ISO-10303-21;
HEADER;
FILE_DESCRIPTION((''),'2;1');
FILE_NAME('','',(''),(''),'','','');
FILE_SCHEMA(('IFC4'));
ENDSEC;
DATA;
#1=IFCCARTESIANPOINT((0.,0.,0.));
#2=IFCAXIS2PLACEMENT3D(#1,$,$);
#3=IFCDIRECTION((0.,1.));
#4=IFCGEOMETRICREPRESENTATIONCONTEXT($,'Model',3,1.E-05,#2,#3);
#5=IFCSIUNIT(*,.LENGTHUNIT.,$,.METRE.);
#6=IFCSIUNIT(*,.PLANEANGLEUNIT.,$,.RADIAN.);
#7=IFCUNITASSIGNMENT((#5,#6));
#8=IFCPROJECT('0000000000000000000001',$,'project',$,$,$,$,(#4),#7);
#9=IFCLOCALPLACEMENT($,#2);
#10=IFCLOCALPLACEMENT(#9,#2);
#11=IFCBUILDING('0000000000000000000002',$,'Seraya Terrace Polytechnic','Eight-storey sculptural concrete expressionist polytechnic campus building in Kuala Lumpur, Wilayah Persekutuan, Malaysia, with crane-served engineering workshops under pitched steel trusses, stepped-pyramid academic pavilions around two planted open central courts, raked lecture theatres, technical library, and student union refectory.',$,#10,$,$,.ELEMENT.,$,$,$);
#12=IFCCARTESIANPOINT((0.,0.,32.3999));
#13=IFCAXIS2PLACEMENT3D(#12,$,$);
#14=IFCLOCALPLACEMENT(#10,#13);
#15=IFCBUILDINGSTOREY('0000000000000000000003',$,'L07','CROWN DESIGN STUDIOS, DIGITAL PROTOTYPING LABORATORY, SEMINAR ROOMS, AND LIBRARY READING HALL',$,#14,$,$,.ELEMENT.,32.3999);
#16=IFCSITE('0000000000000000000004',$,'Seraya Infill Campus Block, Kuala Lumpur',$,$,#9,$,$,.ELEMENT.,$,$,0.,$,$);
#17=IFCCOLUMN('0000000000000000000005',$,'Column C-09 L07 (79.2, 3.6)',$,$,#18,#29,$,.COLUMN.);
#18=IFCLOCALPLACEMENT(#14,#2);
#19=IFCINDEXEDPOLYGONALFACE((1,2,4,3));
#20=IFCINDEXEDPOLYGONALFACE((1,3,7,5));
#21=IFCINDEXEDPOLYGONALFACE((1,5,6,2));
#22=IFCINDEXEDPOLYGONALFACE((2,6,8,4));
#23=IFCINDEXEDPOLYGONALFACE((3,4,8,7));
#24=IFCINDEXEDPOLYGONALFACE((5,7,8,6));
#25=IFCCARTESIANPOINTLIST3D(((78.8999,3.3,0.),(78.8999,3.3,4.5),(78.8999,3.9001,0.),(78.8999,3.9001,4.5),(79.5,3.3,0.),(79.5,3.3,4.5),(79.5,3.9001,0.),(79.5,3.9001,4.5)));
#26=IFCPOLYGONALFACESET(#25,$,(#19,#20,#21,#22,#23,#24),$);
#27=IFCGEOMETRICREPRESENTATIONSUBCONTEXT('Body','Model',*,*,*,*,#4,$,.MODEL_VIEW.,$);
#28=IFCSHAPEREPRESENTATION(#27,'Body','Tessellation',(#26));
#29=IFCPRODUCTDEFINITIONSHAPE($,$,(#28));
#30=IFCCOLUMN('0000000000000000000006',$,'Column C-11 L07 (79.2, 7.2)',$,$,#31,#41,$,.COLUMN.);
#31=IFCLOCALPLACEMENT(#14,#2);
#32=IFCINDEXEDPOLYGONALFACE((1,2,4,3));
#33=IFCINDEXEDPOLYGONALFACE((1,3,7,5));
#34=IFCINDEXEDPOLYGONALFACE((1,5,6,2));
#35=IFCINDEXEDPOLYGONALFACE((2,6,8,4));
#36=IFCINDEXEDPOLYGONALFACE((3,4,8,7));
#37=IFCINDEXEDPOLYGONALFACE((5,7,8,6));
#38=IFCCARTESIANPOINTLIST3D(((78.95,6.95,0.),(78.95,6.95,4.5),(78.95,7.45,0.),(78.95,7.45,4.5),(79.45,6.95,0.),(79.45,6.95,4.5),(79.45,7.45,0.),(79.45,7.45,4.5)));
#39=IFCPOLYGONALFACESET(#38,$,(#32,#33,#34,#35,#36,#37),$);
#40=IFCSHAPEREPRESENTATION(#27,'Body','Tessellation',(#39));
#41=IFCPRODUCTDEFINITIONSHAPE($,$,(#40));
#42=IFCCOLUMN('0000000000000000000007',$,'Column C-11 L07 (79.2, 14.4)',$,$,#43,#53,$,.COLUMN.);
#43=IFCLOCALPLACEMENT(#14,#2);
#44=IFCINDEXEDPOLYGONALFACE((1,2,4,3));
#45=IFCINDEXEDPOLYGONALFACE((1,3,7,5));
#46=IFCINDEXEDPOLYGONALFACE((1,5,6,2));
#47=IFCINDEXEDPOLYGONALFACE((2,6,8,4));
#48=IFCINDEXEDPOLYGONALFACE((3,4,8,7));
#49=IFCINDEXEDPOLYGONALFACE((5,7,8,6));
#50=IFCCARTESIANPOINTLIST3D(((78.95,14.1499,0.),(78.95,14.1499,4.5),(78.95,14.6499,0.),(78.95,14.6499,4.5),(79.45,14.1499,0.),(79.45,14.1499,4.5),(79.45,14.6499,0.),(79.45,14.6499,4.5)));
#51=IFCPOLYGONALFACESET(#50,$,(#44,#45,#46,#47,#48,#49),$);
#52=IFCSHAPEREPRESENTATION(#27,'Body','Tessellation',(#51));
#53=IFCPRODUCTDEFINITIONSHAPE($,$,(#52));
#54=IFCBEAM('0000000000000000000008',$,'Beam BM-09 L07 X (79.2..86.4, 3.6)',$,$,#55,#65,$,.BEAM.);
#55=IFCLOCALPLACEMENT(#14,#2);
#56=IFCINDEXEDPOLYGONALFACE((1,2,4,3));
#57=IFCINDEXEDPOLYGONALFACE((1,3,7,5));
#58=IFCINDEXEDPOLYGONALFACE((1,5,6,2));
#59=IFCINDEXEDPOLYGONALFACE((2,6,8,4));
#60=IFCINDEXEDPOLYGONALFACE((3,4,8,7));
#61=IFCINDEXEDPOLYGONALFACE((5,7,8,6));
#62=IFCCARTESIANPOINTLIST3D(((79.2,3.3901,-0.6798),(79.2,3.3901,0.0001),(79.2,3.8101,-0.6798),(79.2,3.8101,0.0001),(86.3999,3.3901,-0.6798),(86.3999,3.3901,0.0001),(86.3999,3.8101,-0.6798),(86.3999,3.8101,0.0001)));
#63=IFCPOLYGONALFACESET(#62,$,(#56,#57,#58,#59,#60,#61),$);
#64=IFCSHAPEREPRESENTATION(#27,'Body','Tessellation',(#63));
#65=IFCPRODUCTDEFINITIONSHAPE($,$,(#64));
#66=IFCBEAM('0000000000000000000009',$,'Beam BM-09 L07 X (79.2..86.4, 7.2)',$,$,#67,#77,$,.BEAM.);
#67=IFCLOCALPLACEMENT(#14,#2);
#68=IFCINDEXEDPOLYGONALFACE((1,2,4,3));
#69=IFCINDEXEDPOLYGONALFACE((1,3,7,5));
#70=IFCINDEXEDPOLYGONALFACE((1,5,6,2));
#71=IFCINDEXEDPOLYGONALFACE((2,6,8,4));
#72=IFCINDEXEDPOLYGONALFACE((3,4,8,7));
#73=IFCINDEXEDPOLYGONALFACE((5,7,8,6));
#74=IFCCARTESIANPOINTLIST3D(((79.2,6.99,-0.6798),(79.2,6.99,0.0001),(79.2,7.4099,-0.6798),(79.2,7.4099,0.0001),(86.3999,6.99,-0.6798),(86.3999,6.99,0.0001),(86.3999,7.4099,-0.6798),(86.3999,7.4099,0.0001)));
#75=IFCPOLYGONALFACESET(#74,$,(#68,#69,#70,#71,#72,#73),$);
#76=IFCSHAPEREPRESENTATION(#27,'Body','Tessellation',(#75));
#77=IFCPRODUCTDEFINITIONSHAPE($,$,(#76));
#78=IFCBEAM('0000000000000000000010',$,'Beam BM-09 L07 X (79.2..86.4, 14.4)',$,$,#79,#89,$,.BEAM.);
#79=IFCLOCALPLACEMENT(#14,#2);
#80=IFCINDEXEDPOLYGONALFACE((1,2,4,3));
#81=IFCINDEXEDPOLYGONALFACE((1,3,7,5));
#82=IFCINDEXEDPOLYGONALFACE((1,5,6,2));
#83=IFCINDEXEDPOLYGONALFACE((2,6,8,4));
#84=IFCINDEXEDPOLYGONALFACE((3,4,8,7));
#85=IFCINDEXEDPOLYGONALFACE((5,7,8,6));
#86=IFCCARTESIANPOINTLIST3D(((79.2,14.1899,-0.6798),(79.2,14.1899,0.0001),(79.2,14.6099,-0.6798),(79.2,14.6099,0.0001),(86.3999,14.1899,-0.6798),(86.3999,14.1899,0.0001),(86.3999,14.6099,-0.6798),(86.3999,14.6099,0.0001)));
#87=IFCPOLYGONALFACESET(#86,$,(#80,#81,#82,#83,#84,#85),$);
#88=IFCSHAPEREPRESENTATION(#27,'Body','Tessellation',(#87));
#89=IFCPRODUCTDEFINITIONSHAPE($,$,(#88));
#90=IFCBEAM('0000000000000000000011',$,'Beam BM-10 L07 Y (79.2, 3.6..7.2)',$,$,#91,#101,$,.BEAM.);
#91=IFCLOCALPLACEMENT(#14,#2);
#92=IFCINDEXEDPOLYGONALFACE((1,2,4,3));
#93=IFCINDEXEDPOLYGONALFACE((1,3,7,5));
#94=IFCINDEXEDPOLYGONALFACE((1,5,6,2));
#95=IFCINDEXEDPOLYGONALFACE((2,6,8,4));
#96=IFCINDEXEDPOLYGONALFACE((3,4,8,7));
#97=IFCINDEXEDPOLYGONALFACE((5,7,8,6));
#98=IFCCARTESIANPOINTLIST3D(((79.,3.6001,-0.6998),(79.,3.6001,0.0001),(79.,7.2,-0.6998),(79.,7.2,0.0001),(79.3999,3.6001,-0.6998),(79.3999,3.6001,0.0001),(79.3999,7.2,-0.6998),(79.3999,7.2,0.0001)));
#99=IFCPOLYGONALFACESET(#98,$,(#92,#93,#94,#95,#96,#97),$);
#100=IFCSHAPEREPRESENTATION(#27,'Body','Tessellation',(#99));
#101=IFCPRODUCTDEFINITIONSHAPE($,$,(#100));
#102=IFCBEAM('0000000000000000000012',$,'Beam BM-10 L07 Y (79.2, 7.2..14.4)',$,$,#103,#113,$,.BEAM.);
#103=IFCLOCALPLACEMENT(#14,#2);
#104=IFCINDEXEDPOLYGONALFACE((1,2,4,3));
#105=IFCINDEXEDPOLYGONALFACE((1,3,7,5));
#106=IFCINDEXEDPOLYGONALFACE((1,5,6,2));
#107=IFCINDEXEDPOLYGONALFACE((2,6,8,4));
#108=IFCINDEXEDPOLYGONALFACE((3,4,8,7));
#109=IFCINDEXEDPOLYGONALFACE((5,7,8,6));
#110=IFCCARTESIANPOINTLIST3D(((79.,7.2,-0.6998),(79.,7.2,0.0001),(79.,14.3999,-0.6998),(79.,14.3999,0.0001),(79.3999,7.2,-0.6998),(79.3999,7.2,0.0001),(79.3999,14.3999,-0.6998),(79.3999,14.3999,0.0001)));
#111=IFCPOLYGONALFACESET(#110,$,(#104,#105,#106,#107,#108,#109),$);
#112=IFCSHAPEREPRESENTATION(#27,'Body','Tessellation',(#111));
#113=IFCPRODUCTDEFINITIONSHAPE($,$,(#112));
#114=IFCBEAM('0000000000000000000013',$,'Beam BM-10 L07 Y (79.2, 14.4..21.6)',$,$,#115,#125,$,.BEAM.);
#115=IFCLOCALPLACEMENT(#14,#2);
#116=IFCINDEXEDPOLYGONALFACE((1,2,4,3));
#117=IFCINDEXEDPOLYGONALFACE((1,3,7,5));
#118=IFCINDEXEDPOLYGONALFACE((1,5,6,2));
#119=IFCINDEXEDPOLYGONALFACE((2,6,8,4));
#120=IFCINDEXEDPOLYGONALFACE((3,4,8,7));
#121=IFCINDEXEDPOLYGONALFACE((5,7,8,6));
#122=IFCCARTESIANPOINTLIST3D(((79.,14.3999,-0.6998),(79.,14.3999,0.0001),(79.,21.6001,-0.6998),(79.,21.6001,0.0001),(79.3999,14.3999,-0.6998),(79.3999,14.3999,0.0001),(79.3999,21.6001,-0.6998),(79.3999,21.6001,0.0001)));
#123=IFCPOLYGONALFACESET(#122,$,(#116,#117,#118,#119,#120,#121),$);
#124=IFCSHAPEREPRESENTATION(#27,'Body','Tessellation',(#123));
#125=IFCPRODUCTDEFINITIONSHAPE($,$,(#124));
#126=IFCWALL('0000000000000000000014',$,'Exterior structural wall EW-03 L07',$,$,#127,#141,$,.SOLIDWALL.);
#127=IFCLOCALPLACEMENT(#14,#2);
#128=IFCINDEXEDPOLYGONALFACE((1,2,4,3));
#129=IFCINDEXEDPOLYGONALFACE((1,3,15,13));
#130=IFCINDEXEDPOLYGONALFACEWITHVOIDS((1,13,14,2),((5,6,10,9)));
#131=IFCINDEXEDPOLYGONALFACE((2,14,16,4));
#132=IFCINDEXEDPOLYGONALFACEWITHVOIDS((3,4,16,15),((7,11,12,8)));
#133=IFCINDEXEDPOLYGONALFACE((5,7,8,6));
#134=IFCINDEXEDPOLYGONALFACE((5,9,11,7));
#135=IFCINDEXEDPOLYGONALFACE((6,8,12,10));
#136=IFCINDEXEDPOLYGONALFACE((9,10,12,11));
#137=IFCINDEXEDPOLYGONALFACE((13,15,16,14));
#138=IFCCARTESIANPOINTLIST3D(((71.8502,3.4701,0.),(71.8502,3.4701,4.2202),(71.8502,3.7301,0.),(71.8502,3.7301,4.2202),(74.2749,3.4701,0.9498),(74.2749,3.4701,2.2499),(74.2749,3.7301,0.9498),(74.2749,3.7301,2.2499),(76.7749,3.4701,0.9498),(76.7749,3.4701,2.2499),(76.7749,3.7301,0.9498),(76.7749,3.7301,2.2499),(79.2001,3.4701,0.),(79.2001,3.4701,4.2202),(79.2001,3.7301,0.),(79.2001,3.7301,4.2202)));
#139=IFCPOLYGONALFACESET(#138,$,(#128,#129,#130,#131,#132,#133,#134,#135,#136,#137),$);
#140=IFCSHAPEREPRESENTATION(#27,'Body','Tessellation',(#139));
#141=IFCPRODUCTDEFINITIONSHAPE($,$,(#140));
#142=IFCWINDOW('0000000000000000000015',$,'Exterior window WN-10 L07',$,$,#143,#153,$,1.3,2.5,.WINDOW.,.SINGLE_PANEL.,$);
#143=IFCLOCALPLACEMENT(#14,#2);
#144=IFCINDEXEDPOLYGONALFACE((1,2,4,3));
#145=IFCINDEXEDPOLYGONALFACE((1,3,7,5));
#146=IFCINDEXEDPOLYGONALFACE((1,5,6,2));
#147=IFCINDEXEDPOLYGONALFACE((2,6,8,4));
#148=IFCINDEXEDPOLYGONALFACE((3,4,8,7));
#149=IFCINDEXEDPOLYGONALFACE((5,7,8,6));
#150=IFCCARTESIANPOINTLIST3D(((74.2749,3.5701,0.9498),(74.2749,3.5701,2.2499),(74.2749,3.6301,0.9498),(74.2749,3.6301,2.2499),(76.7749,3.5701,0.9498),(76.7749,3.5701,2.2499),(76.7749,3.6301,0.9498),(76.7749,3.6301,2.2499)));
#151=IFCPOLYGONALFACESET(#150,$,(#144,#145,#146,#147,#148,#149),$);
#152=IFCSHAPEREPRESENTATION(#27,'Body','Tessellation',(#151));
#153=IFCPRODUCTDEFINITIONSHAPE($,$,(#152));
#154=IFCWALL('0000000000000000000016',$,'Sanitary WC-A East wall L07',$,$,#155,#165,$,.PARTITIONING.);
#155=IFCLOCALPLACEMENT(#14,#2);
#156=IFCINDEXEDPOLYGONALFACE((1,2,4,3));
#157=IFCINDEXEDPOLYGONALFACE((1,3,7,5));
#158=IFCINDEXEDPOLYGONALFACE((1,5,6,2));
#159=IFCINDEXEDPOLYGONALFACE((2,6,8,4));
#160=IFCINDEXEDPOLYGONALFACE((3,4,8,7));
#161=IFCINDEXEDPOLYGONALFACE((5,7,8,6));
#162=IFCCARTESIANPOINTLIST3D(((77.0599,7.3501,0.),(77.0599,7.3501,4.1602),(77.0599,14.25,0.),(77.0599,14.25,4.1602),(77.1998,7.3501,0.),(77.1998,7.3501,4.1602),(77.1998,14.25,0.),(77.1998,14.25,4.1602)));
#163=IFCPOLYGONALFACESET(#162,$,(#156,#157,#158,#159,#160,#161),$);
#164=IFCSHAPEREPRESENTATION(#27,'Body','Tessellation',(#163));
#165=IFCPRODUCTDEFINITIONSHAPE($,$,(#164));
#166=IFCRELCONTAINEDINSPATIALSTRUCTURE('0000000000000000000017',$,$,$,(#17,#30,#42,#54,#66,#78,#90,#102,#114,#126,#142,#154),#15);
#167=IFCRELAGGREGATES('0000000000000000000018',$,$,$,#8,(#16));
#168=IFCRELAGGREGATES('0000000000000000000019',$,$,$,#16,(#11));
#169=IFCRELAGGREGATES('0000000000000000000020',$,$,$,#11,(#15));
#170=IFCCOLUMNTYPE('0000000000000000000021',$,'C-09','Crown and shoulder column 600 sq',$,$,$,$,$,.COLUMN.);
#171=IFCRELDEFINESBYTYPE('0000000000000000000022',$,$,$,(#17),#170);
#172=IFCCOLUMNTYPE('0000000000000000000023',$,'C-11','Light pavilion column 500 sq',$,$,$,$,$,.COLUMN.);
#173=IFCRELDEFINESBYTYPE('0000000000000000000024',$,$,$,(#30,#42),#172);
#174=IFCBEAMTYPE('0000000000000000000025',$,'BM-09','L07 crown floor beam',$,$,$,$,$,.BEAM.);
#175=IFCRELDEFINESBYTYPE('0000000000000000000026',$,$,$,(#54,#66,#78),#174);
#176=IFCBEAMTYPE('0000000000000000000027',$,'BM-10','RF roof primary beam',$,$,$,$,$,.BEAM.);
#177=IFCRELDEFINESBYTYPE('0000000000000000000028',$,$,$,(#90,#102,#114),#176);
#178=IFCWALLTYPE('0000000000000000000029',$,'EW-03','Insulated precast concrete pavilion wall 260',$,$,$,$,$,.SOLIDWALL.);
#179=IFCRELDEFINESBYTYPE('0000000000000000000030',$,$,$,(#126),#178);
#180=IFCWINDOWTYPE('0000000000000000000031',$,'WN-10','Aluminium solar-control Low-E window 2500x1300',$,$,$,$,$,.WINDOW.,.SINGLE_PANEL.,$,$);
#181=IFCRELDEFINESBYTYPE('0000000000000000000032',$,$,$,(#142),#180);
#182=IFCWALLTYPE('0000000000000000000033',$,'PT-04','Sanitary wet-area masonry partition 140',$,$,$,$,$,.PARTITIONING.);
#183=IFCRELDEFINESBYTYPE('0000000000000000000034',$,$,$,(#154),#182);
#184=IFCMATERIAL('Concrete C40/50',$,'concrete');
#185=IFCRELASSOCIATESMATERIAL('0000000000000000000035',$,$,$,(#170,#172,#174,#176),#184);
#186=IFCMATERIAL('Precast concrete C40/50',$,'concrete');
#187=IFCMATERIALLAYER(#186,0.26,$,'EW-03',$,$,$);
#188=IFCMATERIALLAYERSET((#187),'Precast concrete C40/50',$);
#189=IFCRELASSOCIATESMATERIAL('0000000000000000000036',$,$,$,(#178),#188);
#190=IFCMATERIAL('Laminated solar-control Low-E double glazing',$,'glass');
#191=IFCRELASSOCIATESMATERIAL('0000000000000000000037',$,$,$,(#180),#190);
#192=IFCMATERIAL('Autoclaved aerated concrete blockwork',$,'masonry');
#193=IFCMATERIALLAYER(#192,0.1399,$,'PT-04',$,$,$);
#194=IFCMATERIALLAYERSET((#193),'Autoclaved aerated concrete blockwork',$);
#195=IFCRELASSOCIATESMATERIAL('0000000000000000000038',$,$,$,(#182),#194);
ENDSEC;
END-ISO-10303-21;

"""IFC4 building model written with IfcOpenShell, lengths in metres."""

from ifc_helpers import new_model, si_unit, direction, frame, frame_2d, origin, origin_2d, place, context, subcontext, project, spatial, rectangle, extrude, material, layer, layer_set, material_profile, profile_set, type_object, element, fill, save


model = new_model("IFC4")

# Units and contexts
model_context = context("Model", 3, precision=1e-05, world=origin(), true_north=direction((0.0, 1.0)))
body_context = subcontext(model_context, "Body", "Model", "MODEL_VIEW")
ifc_project = project(units=[si_unit("LENGTHUNIT", "METRE"), si_unit("PLANEANGLEUNIT", "RADIAN")], contexts=[model_context])

# Site, building, storey
site_placement = place(None, origin())
site = spatial("IfcSite", under=ifc_project, at=site_placement, Name="Seraya Infill Campus Block, Kuala Lumpur", CompositionType="ELEMENT", RefElevation=0.0)
building_placement = place(site_placement, origin())
building = spatial("IfcBuilding", under=site, at=building_placement, Name="Seraya Terrace Polytechnic", Description="Eight-storey sculptural concrete expressionist polytechnic campus building in Kuala Lumpur, Wilayah Persekutuan, Malaysia, with crane-served engineering workshops under pitched steel trusses, stepped-pyramid academic pavilions around two planted open central courts, raked lecture theatres, technical library, and student union refectory.", CompositionType="ELEMENT")
storey_placement = place(building_placement, frame((0.0, 0.0, 32.3999)))
storey = spatial("IfcBuildingStorey", under=building, at=storey_placement, Name="L07", Description="CROWN DESIGN STUDIOS, DIGITAL PROTOTYPING LABORATORY, SEMINAR ROOMS, AND LIBRARY READING HALL", CompositionType="ELEMENT", Elevation=32.3999)

# Columns
ifc_material_1 = material(Name="Concrete C40/50", Category="concrete")
ifc_material_profile_1 = material_profile(ifc_material_1, rectangle(XDim=0.6001, YDim=0.6001, at=origin_2d()), Name="RC 600x600")
ifc_profile_set_1 = profile_set([ifc_material_profile_1], Name="Concrete C40/50")
column_type_1 = type_object("IfcColumnType", Name="C-09", Description="Crown and shoulder column 600 sq", PredefinedType="COLUMN", material=ifc_profile_set_1)
column_placement = place(storey_placement, frame((79.2, 3.6001, 0.0), z_axis=(0.0, 0.0, 1.0), x_axis=(1.0, 0.0, 0.0)))
element("IfcColumn", 1, at=column_placement, inside=storey, type_object=column_type_1, Name="Column C-09 L07 (79.2, 3.6)", PredefinedType="COLUMN", context=body_context, shape_type="SweptSolid", body=[
    extrude(rectangle(XDim=0.6001, YDim=0.6001, at=origin_2d()), origin(), (0.0, 0.0, 1.0), 4.5),
])
ifc_material_profile_2 = material_profile(ifc_material_1, rectangle(XDim=0.5, YDim=0.5, at=origin_2d()), Name="RC 500x500")
ifc_profile_set_2 = profile_set([ifc_material_profile_2], Name="Concrete C40/50")
column_type_2 = type_object("IfcColumnType", Name="C-11", Description="Light pavilion column 500 sq", PredefinedType="COLUMN", material=ifc_profile_set_2)
for number, where, z_axis, x_axis, name in (
    (2, (79.2, 7.2, 0.0), (0.0, 0.0, 1.0), (1.0, 0.0, 0.0), "Column C-11 L07 (79.2, 7.2)"),
    (3, (79.2, 14.3999, 0.0), (0.0, 0.0, 1.0), (1.0, 0.0, 0.0), "Column C-11 L07 (79.2, 14.4)"),
):
    element("IfcColumn", number, at=place(storey_placement, frame(where, z_axis=z_axis, x_axis=x_axis)), inside=storey, type_object=column_type_2, Name=name, PredefinedType="COLUMN", context=body_context, shape_type="SweptSolid", body=[
        extrude(rectangle(XDim=0.5, YDim=0.5, at=origin_2d()), origin(), (0.0, 0.0, 1.0), 4.5),
    ])

# Beams
ifc_material_profile_3 = material_profile(ifc_material_1, rectangle(XDim=0.4199, YDim=0.6799, at=origin_2d()), Name="RC 420x680")
ifc_profile_set_3 = profile_set([ifc_material_profile_3], Name="Concrete C40/50")
beam_type_1 = type_object("IfcBeamType", Name="BM-09", Description="L07 crown floor beam", PredefinedType="BEAM", material=ifc_profile_set_3)
for number, where, z_axis, x_axis, name in (
    (4, (79.2, 3.6001, -0.3398), (1.0, 0.0, 0.0), (0.0, 1.0, 0.0), "Beam BM-09 L07 X (79.2..86.4, 3.6)"),
    (5, (79.2, 7.2, -0.3398), (1.0, 0.0, 0.0), (0.0, 1.0, 0.0), "Beam BM-09 L07 X (79.2..86.4, 7.2)"),
    (6, (79.2, 14.3999, -0.3398), (1.0, 0.0, 0.0), (0.0, 1.0, 0.0), "Beam BM-09 L07 X (79.2..86.4, 14.4)"),
):
    element("IfcBeam", number, at=place(storey_placement, frame(where, z_axis=z_axis, x_axis=x_axis)), inside=storey, type_object=beam_type_1, Name=name, PredefinedType="BEAM", context=body_context, shape_type="SweptSolid", body=[
        extrude(rectangle(XDim=0.4199, YDim=0.6799, at=origin_2d()), origin(), (0.0, 0.0, 1.0), 7.2),
    ])
ifc_material_profile_4 = material_profile(ifc_material_1, rectangle(XDim=0.3999, YDim=0.7, at=origin_2d()), Name="RC 400x700")
ifc_profile_set_4 = profile_set([ifc_material_profile_4], Name="Concrete C40/50")
beam_type_2 = type_object("IfcBeamType", Name="BM-10", Description="RF roof primary beam", PredefinedType="BEAM", material=ifc_profile_set_4)
beam_1_placement = place(storey_placement, frame((79.2, 3.6001, -0.3499), z_axis=(0.0, 1.0, 0.0), x_axis=(-1.0, 0.0, 0.0)))
element("IfcBeam", 7, at=beam_1_placement, inside=storey, type_object=beam_type_2, Name="Beam BM-10 L07 Y (79.2, 3.6..7.2)", PredefinedType="BEAM", context=body_context, shape_type="SweptSolid", body=[
    extrude(rectangle(XDim=0.3999, YDim=0.7, at=origin_2d()), origin(), (0.0, 0.0, 1.0), 3.5999),
])
beam_2_placement = place(storey_placement, frame((79.2, 7.2, -0.3499), z_axis=(0.0, 1.0, 0.0), x_axis=(-1.0, 0.0, 0.0)))
element("IfcBeam", 8, at=beam_2_placement, inside=storey, type_object=beam_type_2, Name="Beam BM-10 L07 Y (79.2, 7.2..14.4)", PredefinedType="BEAM", context=body_context, shape_type="SweptSolid", body=[
    extrude(rectangle(XDim=0.3999, YDim=0.7, at=origin_2d()), origin(), (0.0, 0.0, 1.0), 7.2),
])
beam_3_placement = place(storey_placement, frame((79.2, 14.3999, -0.3499), z_axis=(0.0, 1.0, 0.0), x_axis=(-1.0, 0.0, 0.0)))
element("IfcBeam", 9, at=beam_3_placement, inside=storey, type_object=beam_type_2, Name="Beam BM-10 L07 Y (79.2, 14.4..21.6)", PredefinedType="BEAM", context=body_context, shape_type="SweptSolid", body=[
    extrude(rectangle(XDim=0.3999, YDim=0.7, at=origin_2d()), origin(), (0.0, 0.0, 1.0), 7.2002),
])

# Wall, opening, window
ifc_material_2 = material(Name="Precast concrete C40/50", Category="concrete")
ifc_layer_1 = layer(ifc_material_2, 0.26, Name="EW-03")
ifc_layer_set_1 = layer_set([ifc_layer_1], Name="Precast concrete C40/50")
wall_type_1 = type_object("IfcWallType", Name="EW-03", Description="Insulated precast concrete pavilion wall 260", PredefinedType="SOLIDWALL", material=ifc_layer_set_1)
wall_1_placement = place(storey_placement, frame((79.2, 3.6001, 0.0), z_axis=(0.0, 0.0, 1.0), x_axis=(-1.0, 0.0, 0.0)))
wall_1 = element("IfcWall", 10, at=wall_1_placement, inside=storey, type_object=wall_type_1, Name="Exterior structural wall EW-03 L07", PredefinedType="SOLIDWALL", context=body_context, shape_type="SweptSolid", body=[
    extrude(rectangle(XDim=7.3499, YDim=0.26, at=frame_2d((3.6748, 0.0))), origin(), (0.0, 0.0, 1.0), 4.2202),
])
opening_1_placement = place(wall_1_placement, frame((2.425, 0.0, 0.95)))
opening_1 = element("IfcOpeningElement", 11, at=opening_1_placement, cuts=wall_1, PredefinedType="OPENING", context=body_context, shape_type="SweptSolid", body=[
    extrude(rectangle(XDim=2.5, YDim=1.3, at=frame_2d((1.25, 0.6499))), frame((0.0, 0.1421, 0.0), z_axis=(0.0, -1.0, 0.0), x_axis=(1.0, 0.0, 0.0)), (0.0, 0.0, 1.0), 0.2839),
])
ifc_material_3 = material(Name="Laminated solar-control Low-E double glazing", Category="glass")
window_type = type_object("IfcWindowType", Name="WN-10", Description="Aluminium solar-control Low-E window 2500x1300", PartitioningType="SINGLE_PANEL", PredefinedType="WINDOW", material=ifc_material_3)
window_placement = place(opening_1_placement, origin())
window = element("IfcWindow", 12, at=window_placement, inside=storey, type_object=window_type, Name="Exterior window WN-10 L07", OverallHeight=1.3, OverallWidth=2.5, PartitioningType="SINGLE_PANEL", PredefinedType="WINDOW", context=body_context, shape_type="SweptSolid", body=[
    extrude(rectangle(XDim=2.5, YDim=1.3, at=frame_2d((1.25, 0.6499))), frame((0.0, 0.03, 0.0), z_axis=(0.0, -1.0, 0.0), x_axis=(1.0, 0.0, 0.0)), (0.0, 0.0, 1.0), 0.0601),
])
fill(opening_1, window)

# Wall
ifc_material_4 = material(Name="Autoclaved aerated concrete blockwork", Category="masonry")
ifc_layer_2 = layer(ifc_material_4, 0.1399, Name="PT-04")
ifc_layer_set_2 = layer_set([ifc_layer_2], Name="Autoclaved aerated concrete blockwork")
wall_type_2 = type_object("IfcWallType", Name="PT-04", Description="Sanitary wet-area masonry partition 140", PredefinedType="PARTITIONING", material=ifc_layer_set_2)
wall_2_placement = place(storey_placement, frame((77.1299, 7.3501, 0.0), z_axis=(0.0, 0.0, 1.0), x_axis=(0.0, 1.0, 0.0)))
element("IfcWall", 13, at=wall_2_placement, inside=storey, type_object=wall_type_2, Name="Sanitary WC-A East wall L07", PredefinedType="PARTITIONING", context=body_context, shape_type="SweptSolid", body=[
    extrude(rectangle(XDim=6.8999, YDim=0.1399, at=frame_2d((3.45, 0.0))), origin(), (0.0, 0.0, 1.0), 4.1602),
])

save(model, "model.ifc")
